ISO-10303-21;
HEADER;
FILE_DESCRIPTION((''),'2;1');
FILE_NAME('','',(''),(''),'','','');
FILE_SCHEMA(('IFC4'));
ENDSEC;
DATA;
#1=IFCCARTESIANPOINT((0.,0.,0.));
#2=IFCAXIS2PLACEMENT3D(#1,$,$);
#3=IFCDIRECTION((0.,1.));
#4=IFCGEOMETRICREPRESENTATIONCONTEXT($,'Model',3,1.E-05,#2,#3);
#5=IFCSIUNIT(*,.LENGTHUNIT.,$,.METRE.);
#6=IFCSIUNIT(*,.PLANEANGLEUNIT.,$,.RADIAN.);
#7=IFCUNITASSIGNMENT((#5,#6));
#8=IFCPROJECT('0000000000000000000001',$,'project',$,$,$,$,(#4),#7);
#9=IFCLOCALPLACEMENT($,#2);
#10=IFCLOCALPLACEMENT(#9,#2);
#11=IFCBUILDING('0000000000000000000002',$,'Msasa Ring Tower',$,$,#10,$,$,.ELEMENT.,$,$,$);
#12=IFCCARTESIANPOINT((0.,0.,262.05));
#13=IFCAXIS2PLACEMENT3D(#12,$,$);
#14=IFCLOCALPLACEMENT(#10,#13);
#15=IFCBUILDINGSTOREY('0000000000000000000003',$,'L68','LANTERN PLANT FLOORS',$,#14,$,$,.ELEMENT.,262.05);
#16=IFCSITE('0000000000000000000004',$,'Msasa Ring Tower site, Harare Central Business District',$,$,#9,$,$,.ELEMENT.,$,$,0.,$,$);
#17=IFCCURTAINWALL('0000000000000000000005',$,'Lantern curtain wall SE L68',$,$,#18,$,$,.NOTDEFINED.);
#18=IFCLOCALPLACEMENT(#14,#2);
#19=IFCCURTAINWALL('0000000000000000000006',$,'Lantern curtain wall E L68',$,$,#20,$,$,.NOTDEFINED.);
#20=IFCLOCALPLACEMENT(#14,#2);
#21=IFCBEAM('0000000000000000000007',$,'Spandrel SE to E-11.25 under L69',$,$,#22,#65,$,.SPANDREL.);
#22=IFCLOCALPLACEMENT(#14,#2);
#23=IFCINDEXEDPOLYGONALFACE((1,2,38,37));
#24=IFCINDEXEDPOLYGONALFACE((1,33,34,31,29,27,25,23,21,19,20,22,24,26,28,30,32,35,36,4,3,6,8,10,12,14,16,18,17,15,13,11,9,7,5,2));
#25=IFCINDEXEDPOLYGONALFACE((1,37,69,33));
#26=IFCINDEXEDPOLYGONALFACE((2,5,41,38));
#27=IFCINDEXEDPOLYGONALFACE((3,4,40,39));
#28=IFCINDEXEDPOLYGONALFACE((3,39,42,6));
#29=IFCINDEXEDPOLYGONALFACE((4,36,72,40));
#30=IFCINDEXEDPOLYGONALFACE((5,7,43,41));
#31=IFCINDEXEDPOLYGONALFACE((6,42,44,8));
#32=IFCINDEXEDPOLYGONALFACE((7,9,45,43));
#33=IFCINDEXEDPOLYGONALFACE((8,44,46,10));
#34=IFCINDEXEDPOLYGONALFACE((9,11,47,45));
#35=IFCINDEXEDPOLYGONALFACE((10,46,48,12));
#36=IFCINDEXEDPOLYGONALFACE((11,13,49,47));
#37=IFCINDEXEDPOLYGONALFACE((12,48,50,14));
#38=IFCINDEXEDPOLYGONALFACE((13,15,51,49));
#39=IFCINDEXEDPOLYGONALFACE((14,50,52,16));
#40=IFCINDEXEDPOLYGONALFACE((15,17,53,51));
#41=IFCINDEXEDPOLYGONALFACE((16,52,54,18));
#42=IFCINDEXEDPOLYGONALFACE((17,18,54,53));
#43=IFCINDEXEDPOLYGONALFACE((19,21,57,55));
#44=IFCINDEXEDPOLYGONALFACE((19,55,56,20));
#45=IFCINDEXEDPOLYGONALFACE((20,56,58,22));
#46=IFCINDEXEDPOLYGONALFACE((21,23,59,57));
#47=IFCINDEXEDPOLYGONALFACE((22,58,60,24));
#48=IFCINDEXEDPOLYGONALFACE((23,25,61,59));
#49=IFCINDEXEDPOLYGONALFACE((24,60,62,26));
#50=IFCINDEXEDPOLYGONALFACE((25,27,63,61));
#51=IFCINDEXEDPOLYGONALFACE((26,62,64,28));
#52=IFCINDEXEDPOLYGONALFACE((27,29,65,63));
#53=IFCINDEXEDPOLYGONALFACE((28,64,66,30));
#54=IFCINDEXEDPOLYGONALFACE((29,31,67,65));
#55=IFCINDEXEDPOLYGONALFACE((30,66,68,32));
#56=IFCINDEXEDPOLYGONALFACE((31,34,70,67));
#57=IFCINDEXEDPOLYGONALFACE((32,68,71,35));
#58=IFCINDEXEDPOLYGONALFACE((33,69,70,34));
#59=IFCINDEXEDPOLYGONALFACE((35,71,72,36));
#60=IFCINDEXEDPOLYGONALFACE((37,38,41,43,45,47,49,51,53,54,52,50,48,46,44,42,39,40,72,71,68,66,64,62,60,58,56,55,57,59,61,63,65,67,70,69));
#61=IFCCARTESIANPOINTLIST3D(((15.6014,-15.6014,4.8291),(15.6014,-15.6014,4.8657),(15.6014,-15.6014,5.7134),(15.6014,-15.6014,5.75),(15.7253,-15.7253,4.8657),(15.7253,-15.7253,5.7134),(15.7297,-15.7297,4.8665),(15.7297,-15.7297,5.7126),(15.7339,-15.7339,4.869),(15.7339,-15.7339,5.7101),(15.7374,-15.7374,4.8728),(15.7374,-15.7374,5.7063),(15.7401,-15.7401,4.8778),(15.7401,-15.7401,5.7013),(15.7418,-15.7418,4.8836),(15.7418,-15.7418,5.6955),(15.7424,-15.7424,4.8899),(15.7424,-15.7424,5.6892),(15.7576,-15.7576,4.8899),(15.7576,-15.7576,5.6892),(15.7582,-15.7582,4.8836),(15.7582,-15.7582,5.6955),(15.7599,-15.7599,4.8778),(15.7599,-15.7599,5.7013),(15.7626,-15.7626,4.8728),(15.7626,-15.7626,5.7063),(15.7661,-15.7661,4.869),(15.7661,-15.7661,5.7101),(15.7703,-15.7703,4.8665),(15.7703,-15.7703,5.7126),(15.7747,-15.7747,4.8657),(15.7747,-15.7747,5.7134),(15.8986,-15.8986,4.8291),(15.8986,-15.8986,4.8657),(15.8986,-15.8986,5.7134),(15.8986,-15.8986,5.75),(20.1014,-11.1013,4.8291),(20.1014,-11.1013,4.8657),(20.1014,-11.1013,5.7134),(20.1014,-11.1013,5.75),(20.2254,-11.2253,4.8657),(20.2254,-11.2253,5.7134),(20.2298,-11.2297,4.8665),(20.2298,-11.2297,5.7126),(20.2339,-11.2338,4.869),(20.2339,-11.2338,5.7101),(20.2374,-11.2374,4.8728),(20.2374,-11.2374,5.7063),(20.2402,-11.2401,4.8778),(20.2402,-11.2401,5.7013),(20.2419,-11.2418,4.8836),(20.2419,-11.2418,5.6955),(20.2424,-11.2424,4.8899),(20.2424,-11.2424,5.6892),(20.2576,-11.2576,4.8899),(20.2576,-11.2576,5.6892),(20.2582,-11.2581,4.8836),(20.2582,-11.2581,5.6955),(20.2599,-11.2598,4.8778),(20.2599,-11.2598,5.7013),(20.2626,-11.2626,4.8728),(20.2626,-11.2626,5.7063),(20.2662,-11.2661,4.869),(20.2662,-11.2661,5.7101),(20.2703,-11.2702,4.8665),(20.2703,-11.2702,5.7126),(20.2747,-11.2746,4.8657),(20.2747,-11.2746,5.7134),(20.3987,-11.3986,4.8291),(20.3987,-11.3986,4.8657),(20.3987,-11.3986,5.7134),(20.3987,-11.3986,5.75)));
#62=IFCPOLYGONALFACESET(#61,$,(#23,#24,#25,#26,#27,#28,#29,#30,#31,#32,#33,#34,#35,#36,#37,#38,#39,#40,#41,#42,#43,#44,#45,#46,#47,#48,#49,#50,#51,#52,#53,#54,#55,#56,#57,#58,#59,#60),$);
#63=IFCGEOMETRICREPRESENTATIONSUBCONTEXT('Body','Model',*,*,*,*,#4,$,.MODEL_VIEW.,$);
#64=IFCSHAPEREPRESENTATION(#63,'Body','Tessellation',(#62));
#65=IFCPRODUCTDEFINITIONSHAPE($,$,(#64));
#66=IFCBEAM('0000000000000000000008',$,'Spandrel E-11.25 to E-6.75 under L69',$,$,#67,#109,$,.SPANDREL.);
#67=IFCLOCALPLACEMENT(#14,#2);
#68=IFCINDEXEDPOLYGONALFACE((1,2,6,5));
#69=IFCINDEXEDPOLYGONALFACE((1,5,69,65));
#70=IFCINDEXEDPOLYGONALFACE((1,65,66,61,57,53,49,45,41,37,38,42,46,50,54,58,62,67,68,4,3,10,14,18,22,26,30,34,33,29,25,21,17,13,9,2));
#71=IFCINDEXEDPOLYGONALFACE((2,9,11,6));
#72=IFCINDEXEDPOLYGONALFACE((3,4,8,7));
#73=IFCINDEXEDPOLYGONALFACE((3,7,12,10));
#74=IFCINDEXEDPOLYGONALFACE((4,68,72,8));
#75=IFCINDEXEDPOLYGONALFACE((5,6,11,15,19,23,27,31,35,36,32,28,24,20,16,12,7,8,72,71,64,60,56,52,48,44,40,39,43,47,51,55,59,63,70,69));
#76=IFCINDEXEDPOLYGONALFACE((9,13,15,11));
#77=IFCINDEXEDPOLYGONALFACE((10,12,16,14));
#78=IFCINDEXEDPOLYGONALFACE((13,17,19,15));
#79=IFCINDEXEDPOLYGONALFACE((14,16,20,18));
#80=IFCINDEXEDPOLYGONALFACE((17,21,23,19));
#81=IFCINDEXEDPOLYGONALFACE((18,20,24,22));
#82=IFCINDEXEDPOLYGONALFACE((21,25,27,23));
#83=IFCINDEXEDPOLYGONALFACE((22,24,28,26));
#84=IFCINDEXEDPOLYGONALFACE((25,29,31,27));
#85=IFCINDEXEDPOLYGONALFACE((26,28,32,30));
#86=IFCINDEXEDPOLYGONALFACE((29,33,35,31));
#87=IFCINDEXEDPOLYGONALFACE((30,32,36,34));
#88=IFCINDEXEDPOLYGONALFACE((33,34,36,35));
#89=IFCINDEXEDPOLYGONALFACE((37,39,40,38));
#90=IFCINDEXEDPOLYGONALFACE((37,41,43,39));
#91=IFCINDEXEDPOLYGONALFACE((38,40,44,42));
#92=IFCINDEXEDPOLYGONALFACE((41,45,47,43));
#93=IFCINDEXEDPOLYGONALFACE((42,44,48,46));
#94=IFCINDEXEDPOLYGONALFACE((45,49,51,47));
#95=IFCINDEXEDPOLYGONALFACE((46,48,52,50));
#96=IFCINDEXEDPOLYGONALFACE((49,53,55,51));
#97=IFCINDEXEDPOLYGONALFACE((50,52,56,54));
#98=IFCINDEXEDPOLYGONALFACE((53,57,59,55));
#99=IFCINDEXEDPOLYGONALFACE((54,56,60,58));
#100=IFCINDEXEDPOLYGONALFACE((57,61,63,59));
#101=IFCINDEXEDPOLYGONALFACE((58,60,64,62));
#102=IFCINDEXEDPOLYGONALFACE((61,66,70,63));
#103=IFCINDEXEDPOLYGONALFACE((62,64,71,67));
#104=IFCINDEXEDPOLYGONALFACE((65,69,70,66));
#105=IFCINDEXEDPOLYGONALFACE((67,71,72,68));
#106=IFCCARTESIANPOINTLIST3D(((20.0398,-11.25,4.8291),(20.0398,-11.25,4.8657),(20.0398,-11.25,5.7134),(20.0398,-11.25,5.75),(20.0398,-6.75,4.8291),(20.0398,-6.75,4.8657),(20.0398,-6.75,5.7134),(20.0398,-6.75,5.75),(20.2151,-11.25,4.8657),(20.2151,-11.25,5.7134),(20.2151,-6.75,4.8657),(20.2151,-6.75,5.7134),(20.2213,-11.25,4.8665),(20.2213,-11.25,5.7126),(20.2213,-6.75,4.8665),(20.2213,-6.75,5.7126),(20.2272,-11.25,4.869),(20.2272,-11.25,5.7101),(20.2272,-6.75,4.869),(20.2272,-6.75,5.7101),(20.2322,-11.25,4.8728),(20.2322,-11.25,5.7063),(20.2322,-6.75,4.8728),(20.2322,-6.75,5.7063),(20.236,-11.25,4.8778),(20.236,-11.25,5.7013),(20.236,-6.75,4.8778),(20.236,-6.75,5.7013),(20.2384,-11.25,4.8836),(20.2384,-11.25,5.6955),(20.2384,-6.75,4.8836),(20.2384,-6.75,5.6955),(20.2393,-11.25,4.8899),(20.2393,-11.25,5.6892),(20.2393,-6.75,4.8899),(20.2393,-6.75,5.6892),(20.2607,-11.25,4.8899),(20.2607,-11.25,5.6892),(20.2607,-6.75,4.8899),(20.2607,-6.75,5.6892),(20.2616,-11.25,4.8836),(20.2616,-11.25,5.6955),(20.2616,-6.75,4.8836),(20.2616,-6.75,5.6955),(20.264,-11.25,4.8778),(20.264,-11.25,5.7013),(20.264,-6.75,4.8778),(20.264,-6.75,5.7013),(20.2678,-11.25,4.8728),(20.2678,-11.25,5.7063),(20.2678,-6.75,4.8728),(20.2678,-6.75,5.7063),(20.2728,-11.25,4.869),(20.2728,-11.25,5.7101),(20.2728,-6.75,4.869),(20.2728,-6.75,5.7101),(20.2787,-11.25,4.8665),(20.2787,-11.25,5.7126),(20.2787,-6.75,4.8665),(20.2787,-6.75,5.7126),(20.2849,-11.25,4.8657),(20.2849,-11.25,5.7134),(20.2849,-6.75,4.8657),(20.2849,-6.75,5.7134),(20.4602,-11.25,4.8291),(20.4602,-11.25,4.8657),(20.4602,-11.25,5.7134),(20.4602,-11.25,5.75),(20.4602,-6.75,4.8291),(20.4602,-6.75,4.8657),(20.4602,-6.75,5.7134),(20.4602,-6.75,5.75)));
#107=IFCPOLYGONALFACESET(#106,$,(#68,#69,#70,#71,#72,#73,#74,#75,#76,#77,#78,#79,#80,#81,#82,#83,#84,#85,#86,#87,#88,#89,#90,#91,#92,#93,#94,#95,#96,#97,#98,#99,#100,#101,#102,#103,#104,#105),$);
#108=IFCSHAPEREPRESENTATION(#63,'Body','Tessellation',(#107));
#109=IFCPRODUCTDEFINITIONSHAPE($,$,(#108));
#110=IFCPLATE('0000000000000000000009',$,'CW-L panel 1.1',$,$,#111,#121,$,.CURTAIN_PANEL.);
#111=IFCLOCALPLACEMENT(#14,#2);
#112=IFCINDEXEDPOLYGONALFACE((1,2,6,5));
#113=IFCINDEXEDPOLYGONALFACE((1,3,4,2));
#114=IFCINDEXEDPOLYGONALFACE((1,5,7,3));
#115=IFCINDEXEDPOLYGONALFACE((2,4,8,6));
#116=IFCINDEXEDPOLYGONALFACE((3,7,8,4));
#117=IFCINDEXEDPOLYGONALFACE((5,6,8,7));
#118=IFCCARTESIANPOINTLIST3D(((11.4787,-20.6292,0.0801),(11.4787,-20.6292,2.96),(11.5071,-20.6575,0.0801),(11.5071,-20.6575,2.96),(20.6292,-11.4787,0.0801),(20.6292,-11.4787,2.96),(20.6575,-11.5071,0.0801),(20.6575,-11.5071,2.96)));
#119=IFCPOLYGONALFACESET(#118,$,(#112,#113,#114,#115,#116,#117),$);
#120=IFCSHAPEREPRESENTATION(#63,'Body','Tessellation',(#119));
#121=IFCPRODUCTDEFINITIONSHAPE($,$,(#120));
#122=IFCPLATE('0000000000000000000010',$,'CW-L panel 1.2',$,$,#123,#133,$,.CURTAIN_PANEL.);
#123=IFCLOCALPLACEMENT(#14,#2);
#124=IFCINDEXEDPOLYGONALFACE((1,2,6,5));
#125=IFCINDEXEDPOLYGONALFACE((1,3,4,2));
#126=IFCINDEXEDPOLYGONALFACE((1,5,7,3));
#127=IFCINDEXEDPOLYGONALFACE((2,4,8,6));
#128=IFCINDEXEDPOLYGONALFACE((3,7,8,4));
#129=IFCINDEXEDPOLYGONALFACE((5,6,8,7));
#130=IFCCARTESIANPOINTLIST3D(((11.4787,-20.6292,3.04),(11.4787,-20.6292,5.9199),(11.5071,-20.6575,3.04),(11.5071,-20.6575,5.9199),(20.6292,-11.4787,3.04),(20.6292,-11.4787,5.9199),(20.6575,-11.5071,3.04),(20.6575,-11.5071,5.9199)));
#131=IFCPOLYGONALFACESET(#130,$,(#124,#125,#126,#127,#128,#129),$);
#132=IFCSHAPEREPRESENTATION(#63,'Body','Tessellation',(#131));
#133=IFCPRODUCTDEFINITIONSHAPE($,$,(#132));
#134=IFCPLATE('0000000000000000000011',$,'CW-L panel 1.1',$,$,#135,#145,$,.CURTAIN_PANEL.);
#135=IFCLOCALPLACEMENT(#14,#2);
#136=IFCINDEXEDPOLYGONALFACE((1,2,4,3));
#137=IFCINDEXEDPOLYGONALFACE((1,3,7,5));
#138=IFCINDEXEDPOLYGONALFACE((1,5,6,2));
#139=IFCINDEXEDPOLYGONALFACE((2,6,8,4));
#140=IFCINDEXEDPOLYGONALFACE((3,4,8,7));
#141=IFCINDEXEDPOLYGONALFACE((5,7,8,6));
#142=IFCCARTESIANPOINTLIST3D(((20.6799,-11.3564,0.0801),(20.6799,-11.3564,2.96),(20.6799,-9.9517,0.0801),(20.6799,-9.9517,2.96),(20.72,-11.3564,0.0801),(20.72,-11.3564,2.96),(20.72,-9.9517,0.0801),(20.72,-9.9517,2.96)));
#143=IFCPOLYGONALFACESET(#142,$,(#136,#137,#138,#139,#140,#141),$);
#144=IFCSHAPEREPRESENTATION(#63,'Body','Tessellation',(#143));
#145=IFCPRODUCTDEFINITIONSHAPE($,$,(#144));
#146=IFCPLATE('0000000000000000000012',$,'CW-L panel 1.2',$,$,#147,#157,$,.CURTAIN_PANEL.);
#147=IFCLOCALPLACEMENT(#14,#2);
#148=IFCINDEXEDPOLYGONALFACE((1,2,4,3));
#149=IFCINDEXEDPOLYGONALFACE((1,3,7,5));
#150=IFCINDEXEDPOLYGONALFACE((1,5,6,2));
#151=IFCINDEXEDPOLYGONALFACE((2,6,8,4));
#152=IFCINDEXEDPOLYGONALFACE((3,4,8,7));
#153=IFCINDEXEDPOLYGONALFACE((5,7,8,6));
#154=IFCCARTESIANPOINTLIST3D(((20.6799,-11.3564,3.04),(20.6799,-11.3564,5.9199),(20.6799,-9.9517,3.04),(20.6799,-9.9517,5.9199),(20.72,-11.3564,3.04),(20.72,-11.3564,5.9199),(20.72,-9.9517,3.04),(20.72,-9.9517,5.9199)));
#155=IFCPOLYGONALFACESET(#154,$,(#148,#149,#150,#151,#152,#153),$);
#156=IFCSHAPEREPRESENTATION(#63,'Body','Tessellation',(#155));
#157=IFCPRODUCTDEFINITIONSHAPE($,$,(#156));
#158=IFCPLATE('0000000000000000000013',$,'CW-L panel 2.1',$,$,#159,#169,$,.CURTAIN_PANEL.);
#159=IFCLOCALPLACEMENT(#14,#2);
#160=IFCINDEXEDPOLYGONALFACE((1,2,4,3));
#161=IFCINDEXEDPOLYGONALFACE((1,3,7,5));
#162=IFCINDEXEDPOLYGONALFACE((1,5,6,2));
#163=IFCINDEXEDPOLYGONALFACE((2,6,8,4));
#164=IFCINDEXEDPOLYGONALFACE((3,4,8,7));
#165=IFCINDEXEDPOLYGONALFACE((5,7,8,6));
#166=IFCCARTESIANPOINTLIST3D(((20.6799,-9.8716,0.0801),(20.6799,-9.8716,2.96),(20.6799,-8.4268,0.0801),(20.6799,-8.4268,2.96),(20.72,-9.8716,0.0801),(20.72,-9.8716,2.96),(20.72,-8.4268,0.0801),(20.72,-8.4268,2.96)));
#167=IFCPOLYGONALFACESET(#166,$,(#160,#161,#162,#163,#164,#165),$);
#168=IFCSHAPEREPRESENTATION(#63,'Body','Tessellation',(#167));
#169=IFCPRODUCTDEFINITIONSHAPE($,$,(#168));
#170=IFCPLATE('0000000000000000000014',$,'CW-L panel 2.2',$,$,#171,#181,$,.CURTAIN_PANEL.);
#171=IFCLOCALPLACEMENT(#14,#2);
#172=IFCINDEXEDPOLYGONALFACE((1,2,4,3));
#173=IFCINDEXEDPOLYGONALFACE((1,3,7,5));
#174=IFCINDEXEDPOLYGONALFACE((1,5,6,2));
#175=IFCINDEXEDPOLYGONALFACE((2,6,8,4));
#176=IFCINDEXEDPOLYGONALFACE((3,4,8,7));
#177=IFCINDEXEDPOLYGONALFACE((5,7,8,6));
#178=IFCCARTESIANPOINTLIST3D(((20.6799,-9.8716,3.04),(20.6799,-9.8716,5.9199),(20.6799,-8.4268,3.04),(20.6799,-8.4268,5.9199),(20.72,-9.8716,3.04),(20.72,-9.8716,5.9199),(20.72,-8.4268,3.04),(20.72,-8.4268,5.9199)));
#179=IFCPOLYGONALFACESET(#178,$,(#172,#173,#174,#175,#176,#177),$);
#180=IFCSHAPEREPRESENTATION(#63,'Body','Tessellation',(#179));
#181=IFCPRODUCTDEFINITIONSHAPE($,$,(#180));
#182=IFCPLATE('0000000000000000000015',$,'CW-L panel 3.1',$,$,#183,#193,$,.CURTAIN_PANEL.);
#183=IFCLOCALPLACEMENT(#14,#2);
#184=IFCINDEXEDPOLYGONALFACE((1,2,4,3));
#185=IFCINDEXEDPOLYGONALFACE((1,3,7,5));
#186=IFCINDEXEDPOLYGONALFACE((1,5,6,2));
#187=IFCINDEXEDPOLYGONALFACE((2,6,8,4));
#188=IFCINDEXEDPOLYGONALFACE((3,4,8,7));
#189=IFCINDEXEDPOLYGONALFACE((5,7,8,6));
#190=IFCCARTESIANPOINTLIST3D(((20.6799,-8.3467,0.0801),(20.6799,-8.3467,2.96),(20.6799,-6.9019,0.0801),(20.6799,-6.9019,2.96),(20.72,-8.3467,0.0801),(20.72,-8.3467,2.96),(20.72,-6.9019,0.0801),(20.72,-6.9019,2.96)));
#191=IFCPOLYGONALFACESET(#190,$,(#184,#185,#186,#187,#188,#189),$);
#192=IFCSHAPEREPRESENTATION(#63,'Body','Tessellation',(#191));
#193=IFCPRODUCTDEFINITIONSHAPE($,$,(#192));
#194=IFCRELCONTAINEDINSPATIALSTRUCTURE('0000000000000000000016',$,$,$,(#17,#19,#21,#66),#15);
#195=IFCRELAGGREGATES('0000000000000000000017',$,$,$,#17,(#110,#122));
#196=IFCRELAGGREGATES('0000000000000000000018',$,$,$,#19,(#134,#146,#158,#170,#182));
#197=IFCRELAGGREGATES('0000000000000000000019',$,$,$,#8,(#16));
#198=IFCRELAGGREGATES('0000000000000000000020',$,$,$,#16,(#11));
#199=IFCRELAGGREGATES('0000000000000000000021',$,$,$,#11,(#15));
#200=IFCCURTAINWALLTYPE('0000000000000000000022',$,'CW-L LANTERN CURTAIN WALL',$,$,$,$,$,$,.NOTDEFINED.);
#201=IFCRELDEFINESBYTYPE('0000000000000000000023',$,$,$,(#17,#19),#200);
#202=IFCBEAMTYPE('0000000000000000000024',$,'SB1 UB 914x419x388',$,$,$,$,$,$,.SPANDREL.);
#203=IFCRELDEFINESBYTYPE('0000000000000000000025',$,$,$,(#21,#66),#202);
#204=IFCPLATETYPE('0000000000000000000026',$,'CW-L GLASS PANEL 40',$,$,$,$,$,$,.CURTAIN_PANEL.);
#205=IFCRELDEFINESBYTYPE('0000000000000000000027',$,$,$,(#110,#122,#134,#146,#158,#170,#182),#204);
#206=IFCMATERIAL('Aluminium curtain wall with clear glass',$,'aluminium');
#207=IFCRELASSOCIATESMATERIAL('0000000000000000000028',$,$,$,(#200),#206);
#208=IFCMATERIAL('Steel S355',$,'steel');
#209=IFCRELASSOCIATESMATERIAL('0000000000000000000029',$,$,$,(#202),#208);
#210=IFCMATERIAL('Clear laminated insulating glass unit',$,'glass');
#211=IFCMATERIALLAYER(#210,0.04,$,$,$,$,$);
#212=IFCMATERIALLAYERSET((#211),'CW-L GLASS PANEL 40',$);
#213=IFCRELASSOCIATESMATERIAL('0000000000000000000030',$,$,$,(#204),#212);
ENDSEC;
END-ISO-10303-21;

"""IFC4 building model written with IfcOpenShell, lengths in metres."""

from ifc_helpers import new_model, si_unit, direction, frame, origin, origin_2d, place, context, subcontext, project, spatial, rectangle, i_section, extrude, material, layer, layer_set, material_profile, profile_set, type_object, element, aggregate, save


model = new_model("IFC4")

# Units and contexts
model_context = context("Model", 3, precision=1e-05, world=origin(), true_north=direction((0.0, 1.0)))
body_context = subcontext(model_context, "Body", "Model", "MODEL_VIEW")
ifc_project = project(units=[si_unit("LENGTHUNIT", "METRE"), si_unit("PLANEANGLEUNIT", "RADIAN")], contexts=[model_context])

# Site, building, storey
site_placement = place(None, origin())
site = spatial("IfcSite", under=ifc_project, at=site_placement, Name="Msasa Ring Tower site, Harare Central Business District", CompositionType="ELEMENT", RefElevation=0.0)
building_placement = place(site_placement, origin())
building = spatial("IfcBuilding", under=site, at=building_placement, Name="Msasa Ring Tower", CompositionType="ELEMENT")
storey_placement = place(building_placement, frame((0.0, 0.0, 262.05)))
storey = spatial("IfcBuildingStorey", under=building, at=storey_placement, Name="L68", Description="LANTERN PLANT FLOORS", CompositionType="ELEMENT", Elevation=262.05)

# Shared definitions
ifc_material_1 = material(Name="Aluminium curtain wall with clear glass", Category="aluminium")
curtain_wall_type = type_object("IfcCurtainWallType", Name="CW-L LANTERN CURTAIN WALL", PredefinedType="NOTDEFINED", material=ifc_material_1)

# Curtain walls
curtain_wall_1_placement = place(storey_placement, origin())
curtain_wall_1 = element("IfcCurtainWall", 1, at=curtain_wall_1_placement, inside=storey, type_object=curtain_wall_type, Name="Lantern curtain wall SE L68", PredefinedType="NOTDEFINED")
curtain_wall_2_placement = place(storey_placement, origin())
curtain_wall_2 = element("IfcCurtainWall", 2, at=curtain_wall_2_placement, inside=storey, type_object=curtain_wall_type, Name="Lantern curtain wall E L68", PredefinedType="NOTDEFINED")

# Beams
ifc_material_2 = material(Name="Steel S355", Category="steel")
ifc_material_profile_1 = material_profile(ifc_material_2, i_section(OverallWidth=0.4204, OverallDepth=0.9209, WebThickness=0.0215, FlangeThickness=0.0366, FilletRadius=0.0242, at=origin_2d()), Name="UB 914x419x388")
ifc_profile_set_1 = profile_set([ifc_material_profile_1], Name="Steel S355")
beam_type_1 = type_object("IfcBeamType", Name="SB1 UB 914x419x388", PredefinedType="SPANDREL", material=ifc_profile_set_1)
beam_1_placement = place(storey_placement, frame((15.75, -15.75, 5.2896), z_axis=(0.707107, 0.707107, 0.0), x_axis=(-0.707107, 0.707107, 0.0)))
element("IfcBeam", 3, at=beam_1_placement, inside=storey, type_object=beam_type_1, Name="Spandrel SE to E-11.25 under L69", PredefinedType="SPANDREL", context=body_context, shape_type="SweptSolid", body=[
    extrude(i_section(OverallWidth=0.4204, OverallDepth=0.9209, WebThickness=0.0215, FlangeThickness=0.0366, FilletRadius=0.0242, at=origin_2d()), origin(), (0.0, 0.0, 1.0), 6.364),
])
beam_2_placement = place(storey_placement, frame((20.25, -11.25, 5.2896), z_axis=(0.0, 1.0, 0.0), x_axis=(-1.0, 0.0, 0.0)))
element("IfcBeam", 4, at=beam_2_placement, inside=storey, type_object=beam_type_1, Name="Spandrel E-11.25 to E-6.75 under L69", PredefinedType="SPANDREL", context=body_context, shape_type="SweptSolid", body=[
    extrude(i_section(OverallWidth=0.4204, OverallDepth=0.9209, WebThickness=0.0215, FlangeThickness=0.0366, FilletRadius=0.0242, at=origin_2d()), origin(), (0.0, 0.0, 1.0), 4.5),
])

# Plates
ifc_material_3 = material(Name="Clear laminated insulating glass unit", Category="glass")
ifc_layer_1 = layer(ifc_material_3, 0.04)
ifc_layer_set_1 = layer_set([ifc_layer_1], Name="CW-L GLASS PANEL 40")
plate_type = type_object("IfcPlateType", Name="CW-L GLASS PANEL 40", PredefinedType="CURTAIN_PANEL", material=ifc_layer_set_1)
plate_1_placement = place(storey_placement, frame((16.0681, -16.0681, 0.0801), z_axis=(0.0, 0.0, 1.0), x_axis=(0.707107, 0.707107, 0.0)))
plate_1 = element("IfcPlate", 5, at=plate_1_placement, type_object=plate_type, Name="CW-L panel 1.1", PredefinedType="CURTAIN_PANEL", context=body_context, shape_type="SweptSolid", body=[
    extrude(rectangle(XDim=12.9407, YDim=0.04, at=origin_2d()), origin(), (0.0, 0.0, 1.0), 2.8799),
])
plate_2_placement = place(storey_placement, frame((16.0681, -16.0681, 3.04), z_axis=(0.0, 0.0, 1.0), x_axis=(0.707107, 0.707107, 0.0)))
plate_2 = element("IfcPlate", 6, at=plate_2_placement, type_object=plate_type, Name="CW-L panel 1.2", PredefinedType="CURTAIN_PANEL", context=body_context, shape_type="SweptSolid", body=[
    extrude(rectangle(XDim=12.9407, YDim=0.04, at=origin_2d()), origin(), (0.0, 0.0, 1.0), 2.8799),
])
aggregate(curtain_wall_1, [plate_1, plate_2])
plate_3_placement = place(storey_placement, frame((20.7, -10.6541, 0.0801), z_axis=(0.0, 0.0, 1.0), x_axis=(0.0, 1.0, 0.0)))
plate_3 = element("IfcPlate", 7, at=plate_3_placement, type_object=plate_type, Name="CW-L panel 1.1", PredefinedType="CURTAIN_PANEL", context=body_context, shape_type="SweptSolid", body=[
    extrude(rectangle(XDim=1.4048, YDim=0.04, at=origin_2d()), origin(), (0.0, 0.0, 1.0), 2.8799),
])
plate_4_placement = place(storey_placement, frame((20.7, -10.6541, 3.04), z_axis=(0.0, 0.0, 1.0), x_axis=(0.0, 1.0, 0.0)))
plate_4 = element("IfcPlate", 8, at=plate_4_placement, type_object=plate_type, Name="CW-L panel 1.2", PredefinedType="CURTAIN_PANEL", context=body_context, shape_type="SweptSolid", body=[
    extrude(rectangle(XDim=1.4048, YDim=0.04, at=origin_2d()), origin(), (0.0, 0.0, 1.0), 2.8799),
])
plate_5_placement = place(storey_placement, frame((20.7, -9.1492, 0.0801), z_axis=(0.0, 0.0, 1.0), x_axis=(0.0, 1.0, 0.0)))
plate_5 = element("IfcPlate", 9, at=plate_5_placement, type_object=plate_type, Name="CW-L panel 2.1", PredefinedType="CURTAIN_PANEL", context=body_context, shape_type="SweptSolid", body=[
    extrude(rectangle(XDim=1.4448, YDim=0.04, at=origin_2d()), origin(), (0.0, 0.0, 1.0), 2.8799),
])
plate_6_placement = place(storey_placement, frame((20.7, -9.1492, 3.04), z_axis=(0.0, 0.0, 1.0), x_axis=(0.0, 1.0, 0.0)))
plate_6 = element("IfcPlate", 10, at=plate_6_placement, type_object=plate_type, Name="CW-L panel 2.2", PredefinedType="CURTAIN_PANEL", context=body_context, shape_type="SweptSolid", body=[
    extrude(rectangle(XDim=1.4448, YDim=0.04, at=origin_2d()), origin(), (0.0, 0.0, 1.0), 2.8799),
])
plate_7_placement = place(storey_placement, frame((20.7, -7.6243, 0.0801), z_axis=(0.0, 0.0, 1.0), x_axis=(0.0, 1.0, 0.0)))
plate_7 = element("IfcPlate", 11, at=plate_7_placement, type_object=plate_type, Name="CW-L panel 3.1", PredefinedType="CURTAIN_PANEL", context=body_context, shape_type="SweptSolid", body=[
    extrude(rectangle(XDim=1.4448, YDim=0.04, at=origin_2d()), origin(), (0.0, 0.0, 1.0), 2.8799),
])
aggregate(curtain_wall_2, [plate_3, plate_4, plate_5, plate_6, plate_7])

save(model, "model.ifc")
